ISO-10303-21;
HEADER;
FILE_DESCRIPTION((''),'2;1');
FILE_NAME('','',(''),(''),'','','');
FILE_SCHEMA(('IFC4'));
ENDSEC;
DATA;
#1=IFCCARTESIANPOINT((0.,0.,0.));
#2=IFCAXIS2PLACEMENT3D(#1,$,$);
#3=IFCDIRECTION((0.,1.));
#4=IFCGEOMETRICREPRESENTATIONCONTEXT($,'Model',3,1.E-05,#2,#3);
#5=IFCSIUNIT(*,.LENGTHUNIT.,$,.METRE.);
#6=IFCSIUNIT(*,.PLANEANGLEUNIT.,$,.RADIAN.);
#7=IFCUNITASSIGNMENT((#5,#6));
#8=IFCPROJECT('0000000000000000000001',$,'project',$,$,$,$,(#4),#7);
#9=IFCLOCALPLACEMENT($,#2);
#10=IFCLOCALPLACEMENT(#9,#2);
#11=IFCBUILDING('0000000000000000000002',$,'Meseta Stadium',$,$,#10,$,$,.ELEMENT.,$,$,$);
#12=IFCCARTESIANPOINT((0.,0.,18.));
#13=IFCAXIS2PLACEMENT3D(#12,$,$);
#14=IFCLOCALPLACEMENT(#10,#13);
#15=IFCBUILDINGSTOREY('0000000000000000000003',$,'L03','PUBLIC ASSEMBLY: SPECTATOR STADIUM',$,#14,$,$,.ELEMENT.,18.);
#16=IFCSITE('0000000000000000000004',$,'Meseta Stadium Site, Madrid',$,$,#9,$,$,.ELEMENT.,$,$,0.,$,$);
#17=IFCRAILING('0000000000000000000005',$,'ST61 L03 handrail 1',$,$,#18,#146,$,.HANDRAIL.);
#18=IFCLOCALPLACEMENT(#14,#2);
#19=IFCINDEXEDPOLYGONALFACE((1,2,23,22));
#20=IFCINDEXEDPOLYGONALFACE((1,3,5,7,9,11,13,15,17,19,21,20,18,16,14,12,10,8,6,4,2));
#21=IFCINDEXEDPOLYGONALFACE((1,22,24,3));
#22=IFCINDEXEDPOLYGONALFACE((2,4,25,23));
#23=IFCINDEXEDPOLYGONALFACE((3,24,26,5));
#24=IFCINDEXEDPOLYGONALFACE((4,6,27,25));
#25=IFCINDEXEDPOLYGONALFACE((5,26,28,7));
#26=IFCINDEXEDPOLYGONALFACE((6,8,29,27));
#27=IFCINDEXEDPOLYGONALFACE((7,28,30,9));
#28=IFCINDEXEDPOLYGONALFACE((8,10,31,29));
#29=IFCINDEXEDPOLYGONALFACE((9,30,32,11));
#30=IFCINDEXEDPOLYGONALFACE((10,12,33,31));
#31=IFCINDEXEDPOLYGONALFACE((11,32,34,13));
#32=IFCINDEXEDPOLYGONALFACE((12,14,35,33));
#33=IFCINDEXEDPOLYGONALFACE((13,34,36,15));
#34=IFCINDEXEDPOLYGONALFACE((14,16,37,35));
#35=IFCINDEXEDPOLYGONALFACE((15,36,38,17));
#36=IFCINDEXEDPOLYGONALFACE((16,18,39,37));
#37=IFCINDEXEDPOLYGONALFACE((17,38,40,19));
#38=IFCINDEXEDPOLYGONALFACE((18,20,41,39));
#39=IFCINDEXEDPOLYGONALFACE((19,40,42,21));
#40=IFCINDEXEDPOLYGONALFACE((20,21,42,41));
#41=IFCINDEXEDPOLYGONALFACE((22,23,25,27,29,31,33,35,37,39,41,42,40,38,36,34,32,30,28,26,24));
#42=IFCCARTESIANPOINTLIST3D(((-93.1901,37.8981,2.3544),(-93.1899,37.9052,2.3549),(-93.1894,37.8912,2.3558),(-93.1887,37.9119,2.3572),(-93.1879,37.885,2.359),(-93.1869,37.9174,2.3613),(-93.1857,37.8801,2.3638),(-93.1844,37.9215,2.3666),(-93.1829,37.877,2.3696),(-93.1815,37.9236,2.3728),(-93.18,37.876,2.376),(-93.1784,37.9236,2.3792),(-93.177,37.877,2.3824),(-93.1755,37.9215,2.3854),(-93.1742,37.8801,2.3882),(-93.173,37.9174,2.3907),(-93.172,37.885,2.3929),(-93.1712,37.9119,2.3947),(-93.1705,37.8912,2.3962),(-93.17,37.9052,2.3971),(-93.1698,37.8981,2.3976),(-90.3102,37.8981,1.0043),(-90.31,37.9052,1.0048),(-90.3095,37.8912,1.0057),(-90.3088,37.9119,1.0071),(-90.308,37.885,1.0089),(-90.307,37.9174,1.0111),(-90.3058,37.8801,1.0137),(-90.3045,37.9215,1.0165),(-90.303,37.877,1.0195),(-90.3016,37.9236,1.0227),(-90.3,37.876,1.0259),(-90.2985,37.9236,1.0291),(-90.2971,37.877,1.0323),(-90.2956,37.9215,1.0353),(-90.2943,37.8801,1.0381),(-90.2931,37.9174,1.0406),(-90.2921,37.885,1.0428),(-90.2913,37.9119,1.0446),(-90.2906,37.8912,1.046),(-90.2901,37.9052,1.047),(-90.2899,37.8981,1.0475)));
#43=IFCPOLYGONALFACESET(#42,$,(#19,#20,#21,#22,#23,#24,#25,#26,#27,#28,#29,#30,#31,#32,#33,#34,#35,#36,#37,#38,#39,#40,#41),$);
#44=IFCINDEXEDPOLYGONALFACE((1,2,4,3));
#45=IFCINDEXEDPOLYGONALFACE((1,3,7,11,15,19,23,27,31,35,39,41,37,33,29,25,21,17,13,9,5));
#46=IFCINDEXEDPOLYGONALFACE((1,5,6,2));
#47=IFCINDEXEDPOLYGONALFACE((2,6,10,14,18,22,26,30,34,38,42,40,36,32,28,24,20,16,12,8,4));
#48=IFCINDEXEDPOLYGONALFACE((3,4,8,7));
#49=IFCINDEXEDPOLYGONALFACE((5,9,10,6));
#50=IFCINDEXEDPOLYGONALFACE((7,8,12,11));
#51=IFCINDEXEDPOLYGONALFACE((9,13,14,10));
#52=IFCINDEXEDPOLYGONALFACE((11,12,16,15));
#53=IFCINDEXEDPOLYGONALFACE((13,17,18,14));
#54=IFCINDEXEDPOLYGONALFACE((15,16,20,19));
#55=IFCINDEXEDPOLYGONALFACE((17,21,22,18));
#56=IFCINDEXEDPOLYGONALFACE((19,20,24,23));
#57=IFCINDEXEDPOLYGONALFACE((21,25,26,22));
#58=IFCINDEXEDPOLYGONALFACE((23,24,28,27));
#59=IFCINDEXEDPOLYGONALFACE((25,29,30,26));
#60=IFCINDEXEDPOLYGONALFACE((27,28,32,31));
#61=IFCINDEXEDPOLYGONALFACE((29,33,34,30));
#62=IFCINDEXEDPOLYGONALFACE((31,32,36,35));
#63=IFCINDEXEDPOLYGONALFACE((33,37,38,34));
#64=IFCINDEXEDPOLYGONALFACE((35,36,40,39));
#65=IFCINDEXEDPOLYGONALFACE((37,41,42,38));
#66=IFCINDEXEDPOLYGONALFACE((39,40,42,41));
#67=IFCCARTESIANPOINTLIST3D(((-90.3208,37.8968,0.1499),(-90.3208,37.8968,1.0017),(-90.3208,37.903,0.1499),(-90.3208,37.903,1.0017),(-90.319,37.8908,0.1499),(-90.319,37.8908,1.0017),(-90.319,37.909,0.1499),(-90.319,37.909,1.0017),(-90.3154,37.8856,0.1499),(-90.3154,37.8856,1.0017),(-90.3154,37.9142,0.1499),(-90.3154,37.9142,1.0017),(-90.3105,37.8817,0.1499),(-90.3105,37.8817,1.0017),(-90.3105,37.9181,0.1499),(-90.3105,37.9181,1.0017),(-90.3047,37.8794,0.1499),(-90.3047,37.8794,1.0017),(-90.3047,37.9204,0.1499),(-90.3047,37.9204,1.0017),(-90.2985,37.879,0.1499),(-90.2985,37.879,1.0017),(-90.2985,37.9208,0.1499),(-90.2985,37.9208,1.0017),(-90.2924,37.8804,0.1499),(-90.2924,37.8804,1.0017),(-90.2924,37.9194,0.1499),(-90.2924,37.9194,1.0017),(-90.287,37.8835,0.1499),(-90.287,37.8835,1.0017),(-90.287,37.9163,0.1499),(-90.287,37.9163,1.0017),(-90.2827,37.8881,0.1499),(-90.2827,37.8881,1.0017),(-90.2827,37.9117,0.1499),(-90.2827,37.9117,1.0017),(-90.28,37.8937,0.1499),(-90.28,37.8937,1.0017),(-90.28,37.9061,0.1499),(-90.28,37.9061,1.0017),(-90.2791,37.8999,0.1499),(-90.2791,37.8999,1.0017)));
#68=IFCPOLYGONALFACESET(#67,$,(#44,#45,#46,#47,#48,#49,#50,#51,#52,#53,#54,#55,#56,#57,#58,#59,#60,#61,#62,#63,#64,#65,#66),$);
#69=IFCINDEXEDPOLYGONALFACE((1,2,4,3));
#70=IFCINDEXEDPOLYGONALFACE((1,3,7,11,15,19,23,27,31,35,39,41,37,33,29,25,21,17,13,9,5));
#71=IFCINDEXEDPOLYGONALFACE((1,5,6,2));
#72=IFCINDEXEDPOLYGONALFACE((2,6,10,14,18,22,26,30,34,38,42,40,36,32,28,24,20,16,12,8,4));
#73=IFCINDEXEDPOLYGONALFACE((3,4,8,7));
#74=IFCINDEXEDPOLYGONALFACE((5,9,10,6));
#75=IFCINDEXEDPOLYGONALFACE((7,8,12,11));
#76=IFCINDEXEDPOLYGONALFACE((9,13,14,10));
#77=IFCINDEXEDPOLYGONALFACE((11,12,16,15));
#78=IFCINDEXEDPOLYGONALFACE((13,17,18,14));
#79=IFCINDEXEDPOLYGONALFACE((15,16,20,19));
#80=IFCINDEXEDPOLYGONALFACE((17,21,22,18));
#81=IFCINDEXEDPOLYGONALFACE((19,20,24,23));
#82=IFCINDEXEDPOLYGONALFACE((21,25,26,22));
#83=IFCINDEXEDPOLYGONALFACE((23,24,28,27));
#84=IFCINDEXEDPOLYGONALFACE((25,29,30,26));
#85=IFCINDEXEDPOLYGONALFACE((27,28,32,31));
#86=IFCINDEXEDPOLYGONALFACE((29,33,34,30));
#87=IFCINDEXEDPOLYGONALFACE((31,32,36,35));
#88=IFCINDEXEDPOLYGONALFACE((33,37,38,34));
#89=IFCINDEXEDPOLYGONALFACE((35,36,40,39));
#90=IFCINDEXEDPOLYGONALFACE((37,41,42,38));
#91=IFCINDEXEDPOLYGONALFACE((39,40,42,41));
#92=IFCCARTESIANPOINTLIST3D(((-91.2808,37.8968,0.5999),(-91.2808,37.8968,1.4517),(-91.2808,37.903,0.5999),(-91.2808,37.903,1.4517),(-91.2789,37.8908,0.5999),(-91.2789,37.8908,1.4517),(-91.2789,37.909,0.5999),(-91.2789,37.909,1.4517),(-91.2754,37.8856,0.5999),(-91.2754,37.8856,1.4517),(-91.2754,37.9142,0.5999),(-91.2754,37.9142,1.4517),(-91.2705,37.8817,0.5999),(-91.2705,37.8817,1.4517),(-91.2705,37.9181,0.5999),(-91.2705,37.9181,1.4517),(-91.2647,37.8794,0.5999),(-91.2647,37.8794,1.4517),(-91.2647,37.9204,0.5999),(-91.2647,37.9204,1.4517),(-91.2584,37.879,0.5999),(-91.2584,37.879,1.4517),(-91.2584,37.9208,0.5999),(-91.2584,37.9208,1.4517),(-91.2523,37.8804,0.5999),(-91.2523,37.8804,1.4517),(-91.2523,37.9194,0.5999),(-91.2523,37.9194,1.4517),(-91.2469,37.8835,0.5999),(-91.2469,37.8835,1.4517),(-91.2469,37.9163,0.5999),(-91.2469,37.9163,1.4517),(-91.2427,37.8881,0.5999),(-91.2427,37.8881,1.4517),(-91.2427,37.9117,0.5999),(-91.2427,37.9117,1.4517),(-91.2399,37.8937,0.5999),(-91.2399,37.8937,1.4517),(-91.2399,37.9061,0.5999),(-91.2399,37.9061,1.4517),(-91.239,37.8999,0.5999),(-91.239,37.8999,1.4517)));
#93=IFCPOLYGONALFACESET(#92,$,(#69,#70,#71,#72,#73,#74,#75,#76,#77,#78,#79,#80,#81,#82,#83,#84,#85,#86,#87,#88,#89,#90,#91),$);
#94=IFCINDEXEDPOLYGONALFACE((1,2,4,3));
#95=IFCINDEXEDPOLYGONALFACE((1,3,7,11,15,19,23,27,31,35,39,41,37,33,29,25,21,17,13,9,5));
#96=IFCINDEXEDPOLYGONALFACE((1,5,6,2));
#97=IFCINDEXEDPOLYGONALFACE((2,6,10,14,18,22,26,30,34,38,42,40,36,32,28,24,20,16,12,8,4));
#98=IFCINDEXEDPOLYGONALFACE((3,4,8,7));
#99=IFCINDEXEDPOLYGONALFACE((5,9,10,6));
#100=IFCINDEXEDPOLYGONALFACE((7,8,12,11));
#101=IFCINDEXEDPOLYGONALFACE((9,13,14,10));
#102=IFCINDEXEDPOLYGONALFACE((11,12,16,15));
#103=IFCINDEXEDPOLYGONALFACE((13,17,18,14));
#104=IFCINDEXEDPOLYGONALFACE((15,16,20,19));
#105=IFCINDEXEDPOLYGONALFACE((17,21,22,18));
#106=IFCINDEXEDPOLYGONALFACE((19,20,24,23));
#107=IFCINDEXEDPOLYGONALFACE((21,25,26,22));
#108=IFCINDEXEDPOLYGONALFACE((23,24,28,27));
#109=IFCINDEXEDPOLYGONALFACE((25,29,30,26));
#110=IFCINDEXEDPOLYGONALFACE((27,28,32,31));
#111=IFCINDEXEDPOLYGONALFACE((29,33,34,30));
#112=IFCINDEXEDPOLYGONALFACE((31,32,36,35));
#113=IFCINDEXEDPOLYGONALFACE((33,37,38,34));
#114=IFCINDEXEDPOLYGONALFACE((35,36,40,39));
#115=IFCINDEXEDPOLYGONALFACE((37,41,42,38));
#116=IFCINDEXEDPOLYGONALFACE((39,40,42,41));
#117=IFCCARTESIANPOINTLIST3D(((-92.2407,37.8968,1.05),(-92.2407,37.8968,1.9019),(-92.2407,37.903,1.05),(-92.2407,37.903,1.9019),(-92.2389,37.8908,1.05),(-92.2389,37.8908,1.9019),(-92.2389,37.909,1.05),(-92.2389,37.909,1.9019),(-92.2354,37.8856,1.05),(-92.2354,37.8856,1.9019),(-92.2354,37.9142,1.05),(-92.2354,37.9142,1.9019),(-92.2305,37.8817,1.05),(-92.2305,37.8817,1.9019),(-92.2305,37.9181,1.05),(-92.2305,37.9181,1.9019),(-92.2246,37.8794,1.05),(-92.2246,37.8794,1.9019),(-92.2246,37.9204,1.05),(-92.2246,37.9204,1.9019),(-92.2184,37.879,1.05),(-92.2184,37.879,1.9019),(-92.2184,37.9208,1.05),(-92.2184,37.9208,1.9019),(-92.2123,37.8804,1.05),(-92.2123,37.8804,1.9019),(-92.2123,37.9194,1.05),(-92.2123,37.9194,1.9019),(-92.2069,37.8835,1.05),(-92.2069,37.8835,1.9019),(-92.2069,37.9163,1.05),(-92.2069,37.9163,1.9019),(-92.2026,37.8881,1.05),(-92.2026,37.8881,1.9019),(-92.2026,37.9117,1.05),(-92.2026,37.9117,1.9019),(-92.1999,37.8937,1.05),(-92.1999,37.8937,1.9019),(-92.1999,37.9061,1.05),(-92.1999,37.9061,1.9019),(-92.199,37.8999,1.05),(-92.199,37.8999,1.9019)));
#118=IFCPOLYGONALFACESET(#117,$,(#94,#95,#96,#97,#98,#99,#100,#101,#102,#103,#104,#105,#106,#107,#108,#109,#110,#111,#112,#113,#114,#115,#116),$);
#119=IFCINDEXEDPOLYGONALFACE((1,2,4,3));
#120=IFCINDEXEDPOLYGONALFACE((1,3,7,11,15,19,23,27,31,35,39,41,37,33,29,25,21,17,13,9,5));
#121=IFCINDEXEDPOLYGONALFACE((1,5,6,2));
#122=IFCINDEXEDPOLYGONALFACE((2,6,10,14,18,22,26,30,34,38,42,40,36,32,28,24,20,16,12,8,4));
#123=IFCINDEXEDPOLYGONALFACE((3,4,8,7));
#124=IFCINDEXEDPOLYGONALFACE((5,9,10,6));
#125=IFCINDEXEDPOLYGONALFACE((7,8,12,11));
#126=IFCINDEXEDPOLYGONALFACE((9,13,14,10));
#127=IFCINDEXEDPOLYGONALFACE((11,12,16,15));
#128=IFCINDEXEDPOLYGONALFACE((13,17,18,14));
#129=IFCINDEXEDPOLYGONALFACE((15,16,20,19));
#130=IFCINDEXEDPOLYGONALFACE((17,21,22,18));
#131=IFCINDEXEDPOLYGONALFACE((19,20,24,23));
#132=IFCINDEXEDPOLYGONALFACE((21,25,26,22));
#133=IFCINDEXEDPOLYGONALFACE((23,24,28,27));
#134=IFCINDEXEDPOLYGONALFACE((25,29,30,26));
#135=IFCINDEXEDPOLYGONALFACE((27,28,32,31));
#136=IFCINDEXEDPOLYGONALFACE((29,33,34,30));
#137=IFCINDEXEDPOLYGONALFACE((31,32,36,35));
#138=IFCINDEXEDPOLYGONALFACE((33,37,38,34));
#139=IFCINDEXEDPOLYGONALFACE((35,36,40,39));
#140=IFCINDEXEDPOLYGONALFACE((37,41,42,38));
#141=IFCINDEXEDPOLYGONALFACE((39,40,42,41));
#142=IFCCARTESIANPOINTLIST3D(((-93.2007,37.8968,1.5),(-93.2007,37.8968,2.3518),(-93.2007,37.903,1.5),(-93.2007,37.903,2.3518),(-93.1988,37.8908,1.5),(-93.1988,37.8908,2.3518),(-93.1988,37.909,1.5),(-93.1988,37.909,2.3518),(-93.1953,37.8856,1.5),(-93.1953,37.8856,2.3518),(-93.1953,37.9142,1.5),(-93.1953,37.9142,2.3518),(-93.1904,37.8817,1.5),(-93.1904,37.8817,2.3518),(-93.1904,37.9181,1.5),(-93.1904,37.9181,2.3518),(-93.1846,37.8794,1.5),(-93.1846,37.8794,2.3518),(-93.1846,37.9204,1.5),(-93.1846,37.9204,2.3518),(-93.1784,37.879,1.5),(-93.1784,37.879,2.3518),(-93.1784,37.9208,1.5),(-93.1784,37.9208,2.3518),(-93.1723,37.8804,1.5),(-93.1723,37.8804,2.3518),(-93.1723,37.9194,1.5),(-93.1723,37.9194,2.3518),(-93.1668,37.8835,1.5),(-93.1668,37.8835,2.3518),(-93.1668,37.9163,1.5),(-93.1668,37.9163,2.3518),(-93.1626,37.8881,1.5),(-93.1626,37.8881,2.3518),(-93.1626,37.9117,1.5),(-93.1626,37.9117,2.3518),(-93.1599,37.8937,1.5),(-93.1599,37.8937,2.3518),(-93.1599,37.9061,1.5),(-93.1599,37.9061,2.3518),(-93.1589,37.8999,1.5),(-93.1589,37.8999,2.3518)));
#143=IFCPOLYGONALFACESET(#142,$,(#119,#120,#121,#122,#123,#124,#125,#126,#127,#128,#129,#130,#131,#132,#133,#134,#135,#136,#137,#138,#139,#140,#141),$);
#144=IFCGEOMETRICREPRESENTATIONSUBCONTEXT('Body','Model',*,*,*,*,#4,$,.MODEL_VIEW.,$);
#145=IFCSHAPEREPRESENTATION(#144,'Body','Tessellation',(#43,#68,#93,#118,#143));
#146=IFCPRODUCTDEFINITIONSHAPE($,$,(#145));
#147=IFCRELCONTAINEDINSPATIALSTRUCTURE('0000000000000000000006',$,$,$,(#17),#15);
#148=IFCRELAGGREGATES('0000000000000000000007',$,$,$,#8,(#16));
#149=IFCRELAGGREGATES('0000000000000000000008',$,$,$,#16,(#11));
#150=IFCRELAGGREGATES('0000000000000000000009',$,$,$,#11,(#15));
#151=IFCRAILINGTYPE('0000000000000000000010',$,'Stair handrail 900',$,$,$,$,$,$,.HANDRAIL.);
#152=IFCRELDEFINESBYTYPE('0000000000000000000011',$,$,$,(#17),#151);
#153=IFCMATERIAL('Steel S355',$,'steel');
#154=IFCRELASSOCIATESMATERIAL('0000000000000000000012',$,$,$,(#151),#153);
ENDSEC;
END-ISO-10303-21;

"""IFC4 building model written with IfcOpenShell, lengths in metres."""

from ifc_helpers import new_model, si_unit, direction, frame, origin, origin_2d, place, context, subcontext, project, spatial, circle, extrude, material, type_object, element, save


model = new_model("IFC4")

# Units and contexts
model_context = context("Model", 3, precision=1e-05, world=origin(), true_north=direction((0.0, 1.0)))
body_context = subcontext(model_context, "Body", "Model", "MODEL_VIEW")
ifc_project = project(units=[si_unit("LENGTHUNIT", "METRE"), si_unit("PLANEANGLEUNIT", "RADIAN")], contexts=[model_context])

# Site, building, storey
site_placement = place(None, origin())
site = spatial("IfcSite", under=ifc_project, at=site_placement, Name="Meseta Stadium Site, Madrid", CompositionType="ELEMENT", RefElevation=0.0)
building_placement = place(site_placement, origin())
building = spatial("IfcBuilding", under=site, at=building_placement, Name="Meseta Stadium", CompositionType="ELEMENT")
storey_placement = place(building_placement, frame((0.0, 0.0, 18.0)))
storey = spatial("IfcBuildingStorey", under=building, at=storey_placement, Name="L03", Description="PUBLIC ASSEMBLY: SPECTATOR STADIUM", CompositionType="ELEMENT", Elevation=18.0)

# Railing
ifc_material_1 = material(Name="Steel S355", Category="steel")
railing_type_1 = type_object("IfcRailingType", Name="Stair handrail 900", PredefinedType="HANDRAIL", material=ifc_material_1)
for number, where, name in (
    (1, (-90.3, 37.8999, 0.1499), "ST61 L03 handrail 1"),
):
    element("IfcRailing", number, at=place(storey_placement, frame(where)), inside=storey, type_object=railing_type_1, Name=name, PredefinedType="HANDRAIL", context=body_context, shape_type="SweptSolid", body=[
        extrude(circle(Radius=0.0239, at=origin_2d()), frame((0.0, 0.0, 0.876), z_axis=(-0.90544, 0.0, 0.424473), x_axis=(0.0, -1.0, 0.0)), (0.0, 0.0, 1.0), 3.1807),
        extrude(circle(Radius=0.021, at=origin_2d()), origin(), (0.0, 0.0, 1.0), 0.8518),
        extrude(circle(Radius=0.021, at=origin_2d()), frame((-0.96, 0.0, 0.45)), (0.0, 0.0, 1.0), 0.8518),
        extrude(circle(Radius=0.021, at=origin_2d()), frame((-1.9199, 0.0, 0.9001)), (0.0, 0.0, 1.0), 0.8518),
        extrude(circle(Radius=0.021, at=origin_2d()), frame((-2.8799, 0.0, 1.3501)), (0.0, 0.0, 1.0), 0.8518),
    ])

save(model, "model.ifc")
